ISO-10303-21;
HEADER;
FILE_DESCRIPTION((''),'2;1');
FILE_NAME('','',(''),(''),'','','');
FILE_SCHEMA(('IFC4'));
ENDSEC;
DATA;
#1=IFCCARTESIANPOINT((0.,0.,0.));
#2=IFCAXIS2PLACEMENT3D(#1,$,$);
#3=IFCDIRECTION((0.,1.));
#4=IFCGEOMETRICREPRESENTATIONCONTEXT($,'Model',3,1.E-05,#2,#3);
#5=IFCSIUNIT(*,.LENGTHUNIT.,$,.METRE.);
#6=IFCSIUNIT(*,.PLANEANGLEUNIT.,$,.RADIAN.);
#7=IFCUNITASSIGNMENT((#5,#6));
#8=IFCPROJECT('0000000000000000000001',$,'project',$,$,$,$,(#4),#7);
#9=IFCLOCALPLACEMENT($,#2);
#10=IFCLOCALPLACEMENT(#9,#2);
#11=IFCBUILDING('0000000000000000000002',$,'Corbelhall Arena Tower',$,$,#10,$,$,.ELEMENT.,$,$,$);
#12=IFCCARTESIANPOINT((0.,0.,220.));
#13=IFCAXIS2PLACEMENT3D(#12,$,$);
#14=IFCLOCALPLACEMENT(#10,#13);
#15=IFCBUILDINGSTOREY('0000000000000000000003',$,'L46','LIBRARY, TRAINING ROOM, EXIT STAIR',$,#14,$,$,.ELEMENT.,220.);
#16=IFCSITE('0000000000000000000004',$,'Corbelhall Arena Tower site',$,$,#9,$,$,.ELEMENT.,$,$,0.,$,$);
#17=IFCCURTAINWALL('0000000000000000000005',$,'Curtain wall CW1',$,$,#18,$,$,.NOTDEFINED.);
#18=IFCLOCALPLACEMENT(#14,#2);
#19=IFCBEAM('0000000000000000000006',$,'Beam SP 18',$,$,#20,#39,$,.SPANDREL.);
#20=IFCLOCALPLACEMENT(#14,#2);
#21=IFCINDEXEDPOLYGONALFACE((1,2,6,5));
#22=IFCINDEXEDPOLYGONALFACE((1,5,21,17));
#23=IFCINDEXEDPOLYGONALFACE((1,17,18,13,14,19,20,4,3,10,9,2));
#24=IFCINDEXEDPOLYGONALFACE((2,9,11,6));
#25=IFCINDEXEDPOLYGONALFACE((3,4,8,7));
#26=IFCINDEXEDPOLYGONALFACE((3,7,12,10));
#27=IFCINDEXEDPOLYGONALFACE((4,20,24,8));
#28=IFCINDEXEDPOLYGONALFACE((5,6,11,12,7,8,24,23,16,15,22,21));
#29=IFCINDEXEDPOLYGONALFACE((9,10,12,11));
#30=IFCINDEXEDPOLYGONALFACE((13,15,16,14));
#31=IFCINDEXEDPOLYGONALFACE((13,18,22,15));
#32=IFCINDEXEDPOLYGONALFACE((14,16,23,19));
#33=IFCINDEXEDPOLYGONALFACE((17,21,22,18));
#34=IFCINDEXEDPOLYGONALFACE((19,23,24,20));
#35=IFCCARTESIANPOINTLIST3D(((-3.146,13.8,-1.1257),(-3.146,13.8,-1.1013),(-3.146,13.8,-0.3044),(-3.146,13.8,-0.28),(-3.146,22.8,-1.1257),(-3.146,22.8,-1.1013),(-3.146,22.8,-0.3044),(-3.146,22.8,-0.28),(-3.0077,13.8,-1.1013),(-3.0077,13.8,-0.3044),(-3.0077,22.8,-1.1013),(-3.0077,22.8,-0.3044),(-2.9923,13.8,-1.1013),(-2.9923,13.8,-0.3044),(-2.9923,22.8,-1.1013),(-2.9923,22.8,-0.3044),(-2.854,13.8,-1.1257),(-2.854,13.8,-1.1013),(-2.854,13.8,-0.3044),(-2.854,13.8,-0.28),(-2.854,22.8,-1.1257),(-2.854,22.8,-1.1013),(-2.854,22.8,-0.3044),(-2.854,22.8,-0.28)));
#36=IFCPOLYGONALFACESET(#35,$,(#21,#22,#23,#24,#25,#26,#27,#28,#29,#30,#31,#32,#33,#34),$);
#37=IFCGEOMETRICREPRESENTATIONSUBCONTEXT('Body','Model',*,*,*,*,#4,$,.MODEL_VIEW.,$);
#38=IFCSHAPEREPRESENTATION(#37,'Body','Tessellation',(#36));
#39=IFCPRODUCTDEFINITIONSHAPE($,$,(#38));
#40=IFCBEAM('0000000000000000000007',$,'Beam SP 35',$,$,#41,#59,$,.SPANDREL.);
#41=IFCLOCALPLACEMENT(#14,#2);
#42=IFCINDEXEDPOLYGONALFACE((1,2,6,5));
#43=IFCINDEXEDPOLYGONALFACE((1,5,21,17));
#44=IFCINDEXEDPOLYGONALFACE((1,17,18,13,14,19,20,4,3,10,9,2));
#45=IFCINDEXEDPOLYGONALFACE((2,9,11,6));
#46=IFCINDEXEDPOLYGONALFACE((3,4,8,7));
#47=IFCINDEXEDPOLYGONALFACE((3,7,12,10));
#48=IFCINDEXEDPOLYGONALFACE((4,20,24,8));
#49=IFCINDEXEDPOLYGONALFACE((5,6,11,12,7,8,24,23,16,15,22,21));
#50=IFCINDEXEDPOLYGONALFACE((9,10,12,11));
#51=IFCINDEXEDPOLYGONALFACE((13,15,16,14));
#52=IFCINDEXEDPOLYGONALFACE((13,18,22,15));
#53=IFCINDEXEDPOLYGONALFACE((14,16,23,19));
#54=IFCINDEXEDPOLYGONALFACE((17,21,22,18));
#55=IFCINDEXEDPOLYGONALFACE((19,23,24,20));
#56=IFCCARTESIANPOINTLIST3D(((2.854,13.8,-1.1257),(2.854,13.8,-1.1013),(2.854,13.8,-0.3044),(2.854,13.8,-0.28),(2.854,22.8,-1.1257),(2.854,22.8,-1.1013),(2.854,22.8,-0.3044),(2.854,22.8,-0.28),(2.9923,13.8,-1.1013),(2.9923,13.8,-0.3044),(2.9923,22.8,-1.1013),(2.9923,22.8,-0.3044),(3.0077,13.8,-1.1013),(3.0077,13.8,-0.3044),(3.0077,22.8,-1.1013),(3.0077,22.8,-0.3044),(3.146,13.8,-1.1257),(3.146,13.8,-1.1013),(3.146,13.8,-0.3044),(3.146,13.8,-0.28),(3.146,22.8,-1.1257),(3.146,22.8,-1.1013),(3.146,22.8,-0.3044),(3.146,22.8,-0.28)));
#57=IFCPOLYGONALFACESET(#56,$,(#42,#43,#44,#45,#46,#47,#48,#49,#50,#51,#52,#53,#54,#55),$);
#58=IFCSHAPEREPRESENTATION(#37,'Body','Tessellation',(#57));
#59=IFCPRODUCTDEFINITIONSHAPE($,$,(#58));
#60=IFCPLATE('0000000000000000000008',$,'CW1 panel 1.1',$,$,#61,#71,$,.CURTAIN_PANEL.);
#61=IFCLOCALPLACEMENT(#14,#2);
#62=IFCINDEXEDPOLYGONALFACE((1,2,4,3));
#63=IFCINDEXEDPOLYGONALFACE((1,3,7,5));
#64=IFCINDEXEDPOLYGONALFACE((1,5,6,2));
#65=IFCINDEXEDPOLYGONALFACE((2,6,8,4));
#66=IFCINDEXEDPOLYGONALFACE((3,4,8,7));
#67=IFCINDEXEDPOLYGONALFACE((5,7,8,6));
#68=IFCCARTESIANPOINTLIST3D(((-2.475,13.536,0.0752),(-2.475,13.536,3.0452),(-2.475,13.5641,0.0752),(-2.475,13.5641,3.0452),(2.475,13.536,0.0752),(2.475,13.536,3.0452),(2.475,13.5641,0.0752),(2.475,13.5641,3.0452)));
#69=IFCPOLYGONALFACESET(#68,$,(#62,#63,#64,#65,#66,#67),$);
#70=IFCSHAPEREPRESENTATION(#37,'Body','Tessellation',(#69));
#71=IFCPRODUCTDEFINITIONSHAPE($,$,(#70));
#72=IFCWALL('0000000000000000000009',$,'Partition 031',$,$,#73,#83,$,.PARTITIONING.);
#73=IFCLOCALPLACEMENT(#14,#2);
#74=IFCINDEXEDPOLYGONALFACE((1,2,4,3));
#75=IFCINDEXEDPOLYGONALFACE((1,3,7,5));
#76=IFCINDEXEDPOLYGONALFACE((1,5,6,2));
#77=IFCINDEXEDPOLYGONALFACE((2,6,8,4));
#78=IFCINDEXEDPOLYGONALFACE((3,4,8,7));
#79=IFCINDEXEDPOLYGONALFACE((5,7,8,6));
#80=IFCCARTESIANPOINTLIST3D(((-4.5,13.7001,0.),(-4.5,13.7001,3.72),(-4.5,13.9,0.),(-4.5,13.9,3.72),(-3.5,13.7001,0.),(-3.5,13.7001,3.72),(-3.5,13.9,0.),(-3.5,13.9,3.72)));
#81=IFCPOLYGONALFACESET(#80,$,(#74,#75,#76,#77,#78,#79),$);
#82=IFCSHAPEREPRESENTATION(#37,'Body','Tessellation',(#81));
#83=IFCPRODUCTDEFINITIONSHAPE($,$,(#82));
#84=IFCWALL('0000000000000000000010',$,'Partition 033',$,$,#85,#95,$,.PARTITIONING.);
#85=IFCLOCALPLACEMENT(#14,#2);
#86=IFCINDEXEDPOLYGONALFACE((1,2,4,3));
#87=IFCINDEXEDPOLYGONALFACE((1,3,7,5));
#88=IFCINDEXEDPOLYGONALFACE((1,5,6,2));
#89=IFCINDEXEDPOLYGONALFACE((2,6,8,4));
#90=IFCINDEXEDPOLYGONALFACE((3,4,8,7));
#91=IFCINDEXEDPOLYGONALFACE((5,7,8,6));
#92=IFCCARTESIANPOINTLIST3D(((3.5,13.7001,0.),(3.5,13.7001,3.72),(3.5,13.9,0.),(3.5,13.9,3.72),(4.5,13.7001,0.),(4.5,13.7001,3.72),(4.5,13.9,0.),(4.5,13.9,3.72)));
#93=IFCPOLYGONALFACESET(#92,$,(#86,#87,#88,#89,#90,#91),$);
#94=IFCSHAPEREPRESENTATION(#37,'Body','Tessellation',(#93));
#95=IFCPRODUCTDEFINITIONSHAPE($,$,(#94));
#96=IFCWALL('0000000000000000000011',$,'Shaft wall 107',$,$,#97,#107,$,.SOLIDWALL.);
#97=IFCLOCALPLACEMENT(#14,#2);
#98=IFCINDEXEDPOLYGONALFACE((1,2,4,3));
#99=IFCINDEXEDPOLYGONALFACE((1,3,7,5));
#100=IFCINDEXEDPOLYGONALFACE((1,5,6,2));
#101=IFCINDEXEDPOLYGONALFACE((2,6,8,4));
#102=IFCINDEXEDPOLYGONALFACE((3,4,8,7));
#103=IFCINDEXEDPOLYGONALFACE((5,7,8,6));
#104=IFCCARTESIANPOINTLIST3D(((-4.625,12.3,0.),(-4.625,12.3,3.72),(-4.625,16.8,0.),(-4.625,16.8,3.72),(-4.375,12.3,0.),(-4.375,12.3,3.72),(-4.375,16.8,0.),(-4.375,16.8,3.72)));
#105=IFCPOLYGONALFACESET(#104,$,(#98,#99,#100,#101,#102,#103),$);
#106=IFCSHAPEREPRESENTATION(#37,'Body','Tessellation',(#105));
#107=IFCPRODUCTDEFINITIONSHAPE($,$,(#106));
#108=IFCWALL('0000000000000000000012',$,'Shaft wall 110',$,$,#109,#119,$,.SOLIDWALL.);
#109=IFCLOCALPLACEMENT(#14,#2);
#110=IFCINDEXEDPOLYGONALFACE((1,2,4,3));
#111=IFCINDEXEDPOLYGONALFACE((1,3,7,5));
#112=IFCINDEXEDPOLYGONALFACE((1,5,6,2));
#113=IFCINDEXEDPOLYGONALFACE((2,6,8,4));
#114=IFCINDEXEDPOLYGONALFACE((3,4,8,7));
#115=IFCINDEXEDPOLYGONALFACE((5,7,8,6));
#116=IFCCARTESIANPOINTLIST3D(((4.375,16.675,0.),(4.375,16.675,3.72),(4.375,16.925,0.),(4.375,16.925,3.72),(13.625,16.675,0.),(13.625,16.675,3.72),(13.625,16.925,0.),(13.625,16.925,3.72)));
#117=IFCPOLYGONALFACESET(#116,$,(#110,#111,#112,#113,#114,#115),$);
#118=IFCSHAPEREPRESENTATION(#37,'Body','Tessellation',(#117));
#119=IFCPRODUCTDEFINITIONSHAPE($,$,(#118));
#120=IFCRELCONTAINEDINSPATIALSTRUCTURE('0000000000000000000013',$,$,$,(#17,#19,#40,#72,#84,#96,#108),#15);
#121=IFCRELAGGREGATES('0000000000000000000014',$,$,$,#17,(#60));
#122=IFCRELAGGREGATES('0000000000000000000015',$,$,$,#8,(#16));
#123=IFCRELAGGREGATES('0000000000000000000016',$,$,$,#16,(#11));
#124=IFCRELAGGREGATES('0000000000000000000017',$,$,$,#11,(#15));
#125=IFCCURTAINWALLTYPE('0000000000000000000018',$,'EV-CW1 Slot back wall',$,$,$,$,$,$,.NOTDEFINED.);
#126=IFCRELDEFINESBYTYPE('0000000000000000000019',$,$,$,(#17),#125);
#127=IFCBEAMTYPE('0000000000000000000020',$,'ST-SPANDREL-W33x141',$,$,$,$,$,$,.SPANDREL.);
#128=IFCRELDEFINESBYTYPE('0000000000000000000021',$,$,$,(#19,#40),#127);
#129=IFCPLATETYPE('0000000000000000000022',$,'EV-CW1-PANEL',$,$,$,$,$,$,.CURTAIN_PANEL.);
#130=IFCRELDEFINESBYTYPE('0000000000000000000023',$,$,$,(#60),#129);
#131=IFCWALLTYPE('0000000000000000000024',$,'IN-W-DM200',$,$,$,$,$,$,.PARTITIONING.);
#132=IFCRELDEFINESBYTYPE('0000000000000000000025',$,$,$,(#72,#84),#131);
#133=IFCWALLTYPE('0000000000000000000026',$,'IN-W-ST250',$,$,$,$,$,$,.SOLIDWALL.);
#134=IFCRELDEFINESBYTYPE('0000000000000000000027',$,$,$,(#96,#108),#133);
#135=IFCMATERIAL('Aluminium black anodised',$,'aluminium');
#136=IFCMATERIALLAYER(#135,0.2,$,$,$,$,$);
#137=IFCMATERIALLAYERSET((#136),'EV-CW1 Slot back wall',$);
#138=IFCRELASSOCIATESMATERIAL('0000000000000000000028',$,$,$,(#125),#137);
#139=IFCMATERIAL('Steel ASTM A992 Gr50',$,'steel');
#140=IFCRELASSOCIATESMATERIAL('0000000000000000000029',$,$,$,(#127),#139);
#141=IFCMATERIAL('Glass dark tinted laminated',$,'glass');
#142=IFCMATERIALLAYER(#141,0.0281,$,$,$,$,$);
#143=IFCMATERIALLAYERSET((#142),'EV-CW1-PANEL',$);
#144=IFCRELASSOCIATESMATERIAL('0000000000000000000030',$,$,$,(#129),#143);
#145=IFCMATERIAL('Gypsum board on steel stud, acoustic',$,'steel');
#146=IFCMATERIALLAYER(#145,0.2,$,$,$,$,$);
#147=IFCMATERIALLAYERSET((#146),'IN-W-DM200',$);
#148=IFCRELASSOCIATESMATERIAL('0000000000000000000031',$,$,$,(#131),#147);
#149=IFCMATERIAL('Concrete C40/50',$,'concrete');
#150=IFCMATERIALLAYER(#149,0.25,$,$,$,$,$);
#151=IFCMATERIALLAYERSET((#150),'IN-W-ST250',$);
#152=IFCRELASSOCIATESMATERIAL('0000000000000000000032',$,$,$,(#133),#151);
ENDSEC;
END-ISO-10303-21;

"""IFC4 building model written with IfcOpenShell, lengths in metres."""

from ifc_helpers import new_model, si_unit, direction, frame, frame_2d, origin, origin_2d, place, context, subcontext, project, spatial, rectangle, i_section, extrude, material, layer, layer_set, material_profile, profile_set, type_object, element, aggregate, save


model = new_model("IFC4")

# Units and contexts
model_context = context("Model", 3, precision=1e-05, world=origin(), true_north=direction((0.0, 1.0)))
body_context = subcontext(model_context, "Body", "Model", "MODEL_VIEW")
ifc_project = project(units=[si_unit("LENGTHUNIT", "METRE"), si_unit("PLANEANGLEUNIT", "RADIAN")], contexts=[model_context])

# Site, building, storey
site_placement = place(None, origin())
site = spatial("IfcSite", under=ifc_project, at=site_placement, Name="Corbelhall Arena Tower site", CompositionType="ELEMENT", RefElevation=0.0)
building_placement = place(site_placement, origin())
building = spatial("IfcBuilding", under=site, at=building_placement, Name="Corbelhall Arena Tower", CompositionType="ELEMENT")
storey_placement = place(building_placement, frame((0.0, 0.0, 220.0)))
storey = spatial("IfcBuildingStorey", under=building, at=storey_placement, Name="L46", Description="LIBRARY, TRAINING ROOM, EXIT STAIR", CompositionType="ELEMENT", Elevation=220.0)

# Curtain wall
ifc_material_1 = material(Name="Aluminium black anodised", Category="aluminium")
ifc_layer_1 = layer(ifc_material_1, 0.2)
ifc_layer_set_1 = layer_set([ifc_layer_1], Name="EV-CW1 Slot back wall")
curtain_wall_type = type_object("IfcCurtainWallType", Name="EV-CW1 Slot back wall", PredefinedType="NOTDEFINED", material=ifc_layer_set_1)
curtain_wall_placement = place(storey_placement, origin())
curtain_wall = element("IfcCurtainWall", 1, at=curtain_wall_placement, inside=storey, type_object=curtain_wall_type, Name="Curtain wall CW1", PredefinedType="NOTDEFINED")

# Beams
ifc_material_2 = material(Name="Steel ASTM A992 Gr50", Category="steel")
ifc_material_profile_1 = material_profile(ifc_material_2, i_section(OverallWidth=0.292, OverallDepth=0.8457, WebThickness=0.0154, FlangeThickness=0.0244, at=origin_2d()))
ifc_profile_set_1 = profile_set([ifc_material_profile_1], Name="Steel ASTM A992 Gr50")
beam_type_1 = type_object("IfcBeamType", Name="ST-SPANDREL-W33x141", PredefinedType="SPANDREL", material=ifc_profile_set_1)
for number, where, z_axis, x_axis, name in (
    (2, (-3.0, 22.8, -0.7029), (0.0, -1.0, 0.0), (1.0, 0.0, 0.0), "Beam SP 18"),
    (3, (3.0, 13.8, -0.7029), (0.0, 1.0, 0.0), (-1.0, 0.0, 0.0), "Beam SP 35"),
):
    element("IfcBeam", number, at=place(storey_placement, frame(where, z_axis=z_axis, x_axis=x_axis)), inside=storey, type_object=beam_type_1, Name=name, PredefinedType="SPANDREL", context=body_context, shape_type="SweptSolid", body=[
        extrude(i_section(OverallWidth=0.292, OverallDepth=0.8457, WebThickness=0.0154, FlangeThickness=0.0244, at=origin_2d()), origin(), (0.0, 0.0, 1.0), 9.0),
    ])

# Plate
ifc_material_3 = material(Name="Glass dark tinted laminated", Category="glass")
ifc_layer_2 = layer(ifc_material_3, 0.0281)
ifc_layer_set_2 = layer_set([ifc_layer_2], Name="EV-CW1-PANEL")
plate_type = type_object("IfcPlateType", Name="EV-CW1-PANEL", PredefinedType="CURTAIN_PANEL", material=ifc_layer_set_2)
plate_placement = place(storey_placement, frame((0.0, 13.55, 0.0752), z_axis=(0.0, 0.0, 1.0), x_axis=(-1.0, 0.0, 0.0)))
plate = element("IfcPlate", 4, at=plate_placement, type_object=plate_type, Name="CW1 panel 1.1", PredefinedType="CURTAIN_PANEL", context=body_context, shape_type="SweptSolid", body=[
    extrude(rectangle(XDim=4.95, YDim=0.0281, at=origin_2d()), origin(), (0.0, 0.0, 1.0), 2.97),
])
aggregate(curtain_wall, [plate])

# Walls
ifc_material_4 = material(Name="Gypsum board on steel stud, acoustic", Category="steel")
ifc_layer_3 = layer(ifc_material_4, 0.2)
ifc_layer_set_3 = layer_set([ifc_layer_3], Name="IN-W-DM200")
wall_type_1 = type_object("IfcWallType", Name="IN-W-DM200", PredefinedType="PARTITIONING", material=ifc_layer_set_3)
for number, where, z_axis, x_axis, name in (
    (5, (-4.5, 13.8, 0.0), (0.0, 0.0, 1.0), (1.0, 0.0, 0.0), "Partition 031"),
    (6, (3.5, 13.8, 0.0), (0.0, 0.0, 1.0), (1.0, 0.0, 0.0), "Partition 033"),
):
    element("IfcWall", number, at=place(storey_placement, frame(where, z_axis=z_axis, x_axis=x_axis)), inside=storey, type_object=wall_type_1, Name=name, PredefinedType="PARTITIONING", context=body_context, shape_type="SweptSolid", body=[
        extrude(rectangle(XDim=1.0, YDim=0.2, at=frame_2d((0.5, 0.0))), origin(), (0.0, 0.0, 1.0), 3.72),
    ])
ifc_material_5 = material(Name="Concrete C40/50", Category="concrete")
ifc_layer_4 = layer(ifc_material_5, 0.25)
ifc_layer_set_4 = layer_set([ifc_layer_4], Name="IN-W-ST250")
wall_type_2 = type_object("IfcWallType", Name="IN-W-ST250", PredefinedType="SOLIDWALL", material=ifc_layer_set_4)
wall_1_placement = place(storey_placement, frame((-4.5, 16.8, 0.0), z_axis=(0.0, 0.0, 1.0), x_axis=(0.0, -1.0, 0.0)))
element("IfcWall", 7, at=wall_1_placement, inside=storey, type_object=wall_type_2, Name="Shaft wall 107", PredefinedType="SOLIDWALL", context=body_context, shape_type="SweptSolid", body=[
    extrude(rectangle(XDim=4.5, YDim=0.25, at=frame_2d((2.25, 0.0))), origin(), (0.0, 0.0, 1.0), 3.72),
])
wall_2_placement = place(storey_placement, frame((4.375, 16.8, 0.0), z_axis=(0.0, 0.0, 1.0), x_axis=(1.0, 0.0, 0.0)))
element("IfcWall", 8, at=wall_2_placement, inside=storey, type_object=wall_type_2, Name="Shaft wall 110", PredefinedType="SOLIDWALL", context=body_context, shape_type="SweptSolid", body=[
    extrude(rectangle(XDim=9.25, YDim=0.25, at=frame_2d((4.625, 0.0))), origin(), (0.0, 0.0, 1.0), 3.72),
])

save(model, "model.ifc")
